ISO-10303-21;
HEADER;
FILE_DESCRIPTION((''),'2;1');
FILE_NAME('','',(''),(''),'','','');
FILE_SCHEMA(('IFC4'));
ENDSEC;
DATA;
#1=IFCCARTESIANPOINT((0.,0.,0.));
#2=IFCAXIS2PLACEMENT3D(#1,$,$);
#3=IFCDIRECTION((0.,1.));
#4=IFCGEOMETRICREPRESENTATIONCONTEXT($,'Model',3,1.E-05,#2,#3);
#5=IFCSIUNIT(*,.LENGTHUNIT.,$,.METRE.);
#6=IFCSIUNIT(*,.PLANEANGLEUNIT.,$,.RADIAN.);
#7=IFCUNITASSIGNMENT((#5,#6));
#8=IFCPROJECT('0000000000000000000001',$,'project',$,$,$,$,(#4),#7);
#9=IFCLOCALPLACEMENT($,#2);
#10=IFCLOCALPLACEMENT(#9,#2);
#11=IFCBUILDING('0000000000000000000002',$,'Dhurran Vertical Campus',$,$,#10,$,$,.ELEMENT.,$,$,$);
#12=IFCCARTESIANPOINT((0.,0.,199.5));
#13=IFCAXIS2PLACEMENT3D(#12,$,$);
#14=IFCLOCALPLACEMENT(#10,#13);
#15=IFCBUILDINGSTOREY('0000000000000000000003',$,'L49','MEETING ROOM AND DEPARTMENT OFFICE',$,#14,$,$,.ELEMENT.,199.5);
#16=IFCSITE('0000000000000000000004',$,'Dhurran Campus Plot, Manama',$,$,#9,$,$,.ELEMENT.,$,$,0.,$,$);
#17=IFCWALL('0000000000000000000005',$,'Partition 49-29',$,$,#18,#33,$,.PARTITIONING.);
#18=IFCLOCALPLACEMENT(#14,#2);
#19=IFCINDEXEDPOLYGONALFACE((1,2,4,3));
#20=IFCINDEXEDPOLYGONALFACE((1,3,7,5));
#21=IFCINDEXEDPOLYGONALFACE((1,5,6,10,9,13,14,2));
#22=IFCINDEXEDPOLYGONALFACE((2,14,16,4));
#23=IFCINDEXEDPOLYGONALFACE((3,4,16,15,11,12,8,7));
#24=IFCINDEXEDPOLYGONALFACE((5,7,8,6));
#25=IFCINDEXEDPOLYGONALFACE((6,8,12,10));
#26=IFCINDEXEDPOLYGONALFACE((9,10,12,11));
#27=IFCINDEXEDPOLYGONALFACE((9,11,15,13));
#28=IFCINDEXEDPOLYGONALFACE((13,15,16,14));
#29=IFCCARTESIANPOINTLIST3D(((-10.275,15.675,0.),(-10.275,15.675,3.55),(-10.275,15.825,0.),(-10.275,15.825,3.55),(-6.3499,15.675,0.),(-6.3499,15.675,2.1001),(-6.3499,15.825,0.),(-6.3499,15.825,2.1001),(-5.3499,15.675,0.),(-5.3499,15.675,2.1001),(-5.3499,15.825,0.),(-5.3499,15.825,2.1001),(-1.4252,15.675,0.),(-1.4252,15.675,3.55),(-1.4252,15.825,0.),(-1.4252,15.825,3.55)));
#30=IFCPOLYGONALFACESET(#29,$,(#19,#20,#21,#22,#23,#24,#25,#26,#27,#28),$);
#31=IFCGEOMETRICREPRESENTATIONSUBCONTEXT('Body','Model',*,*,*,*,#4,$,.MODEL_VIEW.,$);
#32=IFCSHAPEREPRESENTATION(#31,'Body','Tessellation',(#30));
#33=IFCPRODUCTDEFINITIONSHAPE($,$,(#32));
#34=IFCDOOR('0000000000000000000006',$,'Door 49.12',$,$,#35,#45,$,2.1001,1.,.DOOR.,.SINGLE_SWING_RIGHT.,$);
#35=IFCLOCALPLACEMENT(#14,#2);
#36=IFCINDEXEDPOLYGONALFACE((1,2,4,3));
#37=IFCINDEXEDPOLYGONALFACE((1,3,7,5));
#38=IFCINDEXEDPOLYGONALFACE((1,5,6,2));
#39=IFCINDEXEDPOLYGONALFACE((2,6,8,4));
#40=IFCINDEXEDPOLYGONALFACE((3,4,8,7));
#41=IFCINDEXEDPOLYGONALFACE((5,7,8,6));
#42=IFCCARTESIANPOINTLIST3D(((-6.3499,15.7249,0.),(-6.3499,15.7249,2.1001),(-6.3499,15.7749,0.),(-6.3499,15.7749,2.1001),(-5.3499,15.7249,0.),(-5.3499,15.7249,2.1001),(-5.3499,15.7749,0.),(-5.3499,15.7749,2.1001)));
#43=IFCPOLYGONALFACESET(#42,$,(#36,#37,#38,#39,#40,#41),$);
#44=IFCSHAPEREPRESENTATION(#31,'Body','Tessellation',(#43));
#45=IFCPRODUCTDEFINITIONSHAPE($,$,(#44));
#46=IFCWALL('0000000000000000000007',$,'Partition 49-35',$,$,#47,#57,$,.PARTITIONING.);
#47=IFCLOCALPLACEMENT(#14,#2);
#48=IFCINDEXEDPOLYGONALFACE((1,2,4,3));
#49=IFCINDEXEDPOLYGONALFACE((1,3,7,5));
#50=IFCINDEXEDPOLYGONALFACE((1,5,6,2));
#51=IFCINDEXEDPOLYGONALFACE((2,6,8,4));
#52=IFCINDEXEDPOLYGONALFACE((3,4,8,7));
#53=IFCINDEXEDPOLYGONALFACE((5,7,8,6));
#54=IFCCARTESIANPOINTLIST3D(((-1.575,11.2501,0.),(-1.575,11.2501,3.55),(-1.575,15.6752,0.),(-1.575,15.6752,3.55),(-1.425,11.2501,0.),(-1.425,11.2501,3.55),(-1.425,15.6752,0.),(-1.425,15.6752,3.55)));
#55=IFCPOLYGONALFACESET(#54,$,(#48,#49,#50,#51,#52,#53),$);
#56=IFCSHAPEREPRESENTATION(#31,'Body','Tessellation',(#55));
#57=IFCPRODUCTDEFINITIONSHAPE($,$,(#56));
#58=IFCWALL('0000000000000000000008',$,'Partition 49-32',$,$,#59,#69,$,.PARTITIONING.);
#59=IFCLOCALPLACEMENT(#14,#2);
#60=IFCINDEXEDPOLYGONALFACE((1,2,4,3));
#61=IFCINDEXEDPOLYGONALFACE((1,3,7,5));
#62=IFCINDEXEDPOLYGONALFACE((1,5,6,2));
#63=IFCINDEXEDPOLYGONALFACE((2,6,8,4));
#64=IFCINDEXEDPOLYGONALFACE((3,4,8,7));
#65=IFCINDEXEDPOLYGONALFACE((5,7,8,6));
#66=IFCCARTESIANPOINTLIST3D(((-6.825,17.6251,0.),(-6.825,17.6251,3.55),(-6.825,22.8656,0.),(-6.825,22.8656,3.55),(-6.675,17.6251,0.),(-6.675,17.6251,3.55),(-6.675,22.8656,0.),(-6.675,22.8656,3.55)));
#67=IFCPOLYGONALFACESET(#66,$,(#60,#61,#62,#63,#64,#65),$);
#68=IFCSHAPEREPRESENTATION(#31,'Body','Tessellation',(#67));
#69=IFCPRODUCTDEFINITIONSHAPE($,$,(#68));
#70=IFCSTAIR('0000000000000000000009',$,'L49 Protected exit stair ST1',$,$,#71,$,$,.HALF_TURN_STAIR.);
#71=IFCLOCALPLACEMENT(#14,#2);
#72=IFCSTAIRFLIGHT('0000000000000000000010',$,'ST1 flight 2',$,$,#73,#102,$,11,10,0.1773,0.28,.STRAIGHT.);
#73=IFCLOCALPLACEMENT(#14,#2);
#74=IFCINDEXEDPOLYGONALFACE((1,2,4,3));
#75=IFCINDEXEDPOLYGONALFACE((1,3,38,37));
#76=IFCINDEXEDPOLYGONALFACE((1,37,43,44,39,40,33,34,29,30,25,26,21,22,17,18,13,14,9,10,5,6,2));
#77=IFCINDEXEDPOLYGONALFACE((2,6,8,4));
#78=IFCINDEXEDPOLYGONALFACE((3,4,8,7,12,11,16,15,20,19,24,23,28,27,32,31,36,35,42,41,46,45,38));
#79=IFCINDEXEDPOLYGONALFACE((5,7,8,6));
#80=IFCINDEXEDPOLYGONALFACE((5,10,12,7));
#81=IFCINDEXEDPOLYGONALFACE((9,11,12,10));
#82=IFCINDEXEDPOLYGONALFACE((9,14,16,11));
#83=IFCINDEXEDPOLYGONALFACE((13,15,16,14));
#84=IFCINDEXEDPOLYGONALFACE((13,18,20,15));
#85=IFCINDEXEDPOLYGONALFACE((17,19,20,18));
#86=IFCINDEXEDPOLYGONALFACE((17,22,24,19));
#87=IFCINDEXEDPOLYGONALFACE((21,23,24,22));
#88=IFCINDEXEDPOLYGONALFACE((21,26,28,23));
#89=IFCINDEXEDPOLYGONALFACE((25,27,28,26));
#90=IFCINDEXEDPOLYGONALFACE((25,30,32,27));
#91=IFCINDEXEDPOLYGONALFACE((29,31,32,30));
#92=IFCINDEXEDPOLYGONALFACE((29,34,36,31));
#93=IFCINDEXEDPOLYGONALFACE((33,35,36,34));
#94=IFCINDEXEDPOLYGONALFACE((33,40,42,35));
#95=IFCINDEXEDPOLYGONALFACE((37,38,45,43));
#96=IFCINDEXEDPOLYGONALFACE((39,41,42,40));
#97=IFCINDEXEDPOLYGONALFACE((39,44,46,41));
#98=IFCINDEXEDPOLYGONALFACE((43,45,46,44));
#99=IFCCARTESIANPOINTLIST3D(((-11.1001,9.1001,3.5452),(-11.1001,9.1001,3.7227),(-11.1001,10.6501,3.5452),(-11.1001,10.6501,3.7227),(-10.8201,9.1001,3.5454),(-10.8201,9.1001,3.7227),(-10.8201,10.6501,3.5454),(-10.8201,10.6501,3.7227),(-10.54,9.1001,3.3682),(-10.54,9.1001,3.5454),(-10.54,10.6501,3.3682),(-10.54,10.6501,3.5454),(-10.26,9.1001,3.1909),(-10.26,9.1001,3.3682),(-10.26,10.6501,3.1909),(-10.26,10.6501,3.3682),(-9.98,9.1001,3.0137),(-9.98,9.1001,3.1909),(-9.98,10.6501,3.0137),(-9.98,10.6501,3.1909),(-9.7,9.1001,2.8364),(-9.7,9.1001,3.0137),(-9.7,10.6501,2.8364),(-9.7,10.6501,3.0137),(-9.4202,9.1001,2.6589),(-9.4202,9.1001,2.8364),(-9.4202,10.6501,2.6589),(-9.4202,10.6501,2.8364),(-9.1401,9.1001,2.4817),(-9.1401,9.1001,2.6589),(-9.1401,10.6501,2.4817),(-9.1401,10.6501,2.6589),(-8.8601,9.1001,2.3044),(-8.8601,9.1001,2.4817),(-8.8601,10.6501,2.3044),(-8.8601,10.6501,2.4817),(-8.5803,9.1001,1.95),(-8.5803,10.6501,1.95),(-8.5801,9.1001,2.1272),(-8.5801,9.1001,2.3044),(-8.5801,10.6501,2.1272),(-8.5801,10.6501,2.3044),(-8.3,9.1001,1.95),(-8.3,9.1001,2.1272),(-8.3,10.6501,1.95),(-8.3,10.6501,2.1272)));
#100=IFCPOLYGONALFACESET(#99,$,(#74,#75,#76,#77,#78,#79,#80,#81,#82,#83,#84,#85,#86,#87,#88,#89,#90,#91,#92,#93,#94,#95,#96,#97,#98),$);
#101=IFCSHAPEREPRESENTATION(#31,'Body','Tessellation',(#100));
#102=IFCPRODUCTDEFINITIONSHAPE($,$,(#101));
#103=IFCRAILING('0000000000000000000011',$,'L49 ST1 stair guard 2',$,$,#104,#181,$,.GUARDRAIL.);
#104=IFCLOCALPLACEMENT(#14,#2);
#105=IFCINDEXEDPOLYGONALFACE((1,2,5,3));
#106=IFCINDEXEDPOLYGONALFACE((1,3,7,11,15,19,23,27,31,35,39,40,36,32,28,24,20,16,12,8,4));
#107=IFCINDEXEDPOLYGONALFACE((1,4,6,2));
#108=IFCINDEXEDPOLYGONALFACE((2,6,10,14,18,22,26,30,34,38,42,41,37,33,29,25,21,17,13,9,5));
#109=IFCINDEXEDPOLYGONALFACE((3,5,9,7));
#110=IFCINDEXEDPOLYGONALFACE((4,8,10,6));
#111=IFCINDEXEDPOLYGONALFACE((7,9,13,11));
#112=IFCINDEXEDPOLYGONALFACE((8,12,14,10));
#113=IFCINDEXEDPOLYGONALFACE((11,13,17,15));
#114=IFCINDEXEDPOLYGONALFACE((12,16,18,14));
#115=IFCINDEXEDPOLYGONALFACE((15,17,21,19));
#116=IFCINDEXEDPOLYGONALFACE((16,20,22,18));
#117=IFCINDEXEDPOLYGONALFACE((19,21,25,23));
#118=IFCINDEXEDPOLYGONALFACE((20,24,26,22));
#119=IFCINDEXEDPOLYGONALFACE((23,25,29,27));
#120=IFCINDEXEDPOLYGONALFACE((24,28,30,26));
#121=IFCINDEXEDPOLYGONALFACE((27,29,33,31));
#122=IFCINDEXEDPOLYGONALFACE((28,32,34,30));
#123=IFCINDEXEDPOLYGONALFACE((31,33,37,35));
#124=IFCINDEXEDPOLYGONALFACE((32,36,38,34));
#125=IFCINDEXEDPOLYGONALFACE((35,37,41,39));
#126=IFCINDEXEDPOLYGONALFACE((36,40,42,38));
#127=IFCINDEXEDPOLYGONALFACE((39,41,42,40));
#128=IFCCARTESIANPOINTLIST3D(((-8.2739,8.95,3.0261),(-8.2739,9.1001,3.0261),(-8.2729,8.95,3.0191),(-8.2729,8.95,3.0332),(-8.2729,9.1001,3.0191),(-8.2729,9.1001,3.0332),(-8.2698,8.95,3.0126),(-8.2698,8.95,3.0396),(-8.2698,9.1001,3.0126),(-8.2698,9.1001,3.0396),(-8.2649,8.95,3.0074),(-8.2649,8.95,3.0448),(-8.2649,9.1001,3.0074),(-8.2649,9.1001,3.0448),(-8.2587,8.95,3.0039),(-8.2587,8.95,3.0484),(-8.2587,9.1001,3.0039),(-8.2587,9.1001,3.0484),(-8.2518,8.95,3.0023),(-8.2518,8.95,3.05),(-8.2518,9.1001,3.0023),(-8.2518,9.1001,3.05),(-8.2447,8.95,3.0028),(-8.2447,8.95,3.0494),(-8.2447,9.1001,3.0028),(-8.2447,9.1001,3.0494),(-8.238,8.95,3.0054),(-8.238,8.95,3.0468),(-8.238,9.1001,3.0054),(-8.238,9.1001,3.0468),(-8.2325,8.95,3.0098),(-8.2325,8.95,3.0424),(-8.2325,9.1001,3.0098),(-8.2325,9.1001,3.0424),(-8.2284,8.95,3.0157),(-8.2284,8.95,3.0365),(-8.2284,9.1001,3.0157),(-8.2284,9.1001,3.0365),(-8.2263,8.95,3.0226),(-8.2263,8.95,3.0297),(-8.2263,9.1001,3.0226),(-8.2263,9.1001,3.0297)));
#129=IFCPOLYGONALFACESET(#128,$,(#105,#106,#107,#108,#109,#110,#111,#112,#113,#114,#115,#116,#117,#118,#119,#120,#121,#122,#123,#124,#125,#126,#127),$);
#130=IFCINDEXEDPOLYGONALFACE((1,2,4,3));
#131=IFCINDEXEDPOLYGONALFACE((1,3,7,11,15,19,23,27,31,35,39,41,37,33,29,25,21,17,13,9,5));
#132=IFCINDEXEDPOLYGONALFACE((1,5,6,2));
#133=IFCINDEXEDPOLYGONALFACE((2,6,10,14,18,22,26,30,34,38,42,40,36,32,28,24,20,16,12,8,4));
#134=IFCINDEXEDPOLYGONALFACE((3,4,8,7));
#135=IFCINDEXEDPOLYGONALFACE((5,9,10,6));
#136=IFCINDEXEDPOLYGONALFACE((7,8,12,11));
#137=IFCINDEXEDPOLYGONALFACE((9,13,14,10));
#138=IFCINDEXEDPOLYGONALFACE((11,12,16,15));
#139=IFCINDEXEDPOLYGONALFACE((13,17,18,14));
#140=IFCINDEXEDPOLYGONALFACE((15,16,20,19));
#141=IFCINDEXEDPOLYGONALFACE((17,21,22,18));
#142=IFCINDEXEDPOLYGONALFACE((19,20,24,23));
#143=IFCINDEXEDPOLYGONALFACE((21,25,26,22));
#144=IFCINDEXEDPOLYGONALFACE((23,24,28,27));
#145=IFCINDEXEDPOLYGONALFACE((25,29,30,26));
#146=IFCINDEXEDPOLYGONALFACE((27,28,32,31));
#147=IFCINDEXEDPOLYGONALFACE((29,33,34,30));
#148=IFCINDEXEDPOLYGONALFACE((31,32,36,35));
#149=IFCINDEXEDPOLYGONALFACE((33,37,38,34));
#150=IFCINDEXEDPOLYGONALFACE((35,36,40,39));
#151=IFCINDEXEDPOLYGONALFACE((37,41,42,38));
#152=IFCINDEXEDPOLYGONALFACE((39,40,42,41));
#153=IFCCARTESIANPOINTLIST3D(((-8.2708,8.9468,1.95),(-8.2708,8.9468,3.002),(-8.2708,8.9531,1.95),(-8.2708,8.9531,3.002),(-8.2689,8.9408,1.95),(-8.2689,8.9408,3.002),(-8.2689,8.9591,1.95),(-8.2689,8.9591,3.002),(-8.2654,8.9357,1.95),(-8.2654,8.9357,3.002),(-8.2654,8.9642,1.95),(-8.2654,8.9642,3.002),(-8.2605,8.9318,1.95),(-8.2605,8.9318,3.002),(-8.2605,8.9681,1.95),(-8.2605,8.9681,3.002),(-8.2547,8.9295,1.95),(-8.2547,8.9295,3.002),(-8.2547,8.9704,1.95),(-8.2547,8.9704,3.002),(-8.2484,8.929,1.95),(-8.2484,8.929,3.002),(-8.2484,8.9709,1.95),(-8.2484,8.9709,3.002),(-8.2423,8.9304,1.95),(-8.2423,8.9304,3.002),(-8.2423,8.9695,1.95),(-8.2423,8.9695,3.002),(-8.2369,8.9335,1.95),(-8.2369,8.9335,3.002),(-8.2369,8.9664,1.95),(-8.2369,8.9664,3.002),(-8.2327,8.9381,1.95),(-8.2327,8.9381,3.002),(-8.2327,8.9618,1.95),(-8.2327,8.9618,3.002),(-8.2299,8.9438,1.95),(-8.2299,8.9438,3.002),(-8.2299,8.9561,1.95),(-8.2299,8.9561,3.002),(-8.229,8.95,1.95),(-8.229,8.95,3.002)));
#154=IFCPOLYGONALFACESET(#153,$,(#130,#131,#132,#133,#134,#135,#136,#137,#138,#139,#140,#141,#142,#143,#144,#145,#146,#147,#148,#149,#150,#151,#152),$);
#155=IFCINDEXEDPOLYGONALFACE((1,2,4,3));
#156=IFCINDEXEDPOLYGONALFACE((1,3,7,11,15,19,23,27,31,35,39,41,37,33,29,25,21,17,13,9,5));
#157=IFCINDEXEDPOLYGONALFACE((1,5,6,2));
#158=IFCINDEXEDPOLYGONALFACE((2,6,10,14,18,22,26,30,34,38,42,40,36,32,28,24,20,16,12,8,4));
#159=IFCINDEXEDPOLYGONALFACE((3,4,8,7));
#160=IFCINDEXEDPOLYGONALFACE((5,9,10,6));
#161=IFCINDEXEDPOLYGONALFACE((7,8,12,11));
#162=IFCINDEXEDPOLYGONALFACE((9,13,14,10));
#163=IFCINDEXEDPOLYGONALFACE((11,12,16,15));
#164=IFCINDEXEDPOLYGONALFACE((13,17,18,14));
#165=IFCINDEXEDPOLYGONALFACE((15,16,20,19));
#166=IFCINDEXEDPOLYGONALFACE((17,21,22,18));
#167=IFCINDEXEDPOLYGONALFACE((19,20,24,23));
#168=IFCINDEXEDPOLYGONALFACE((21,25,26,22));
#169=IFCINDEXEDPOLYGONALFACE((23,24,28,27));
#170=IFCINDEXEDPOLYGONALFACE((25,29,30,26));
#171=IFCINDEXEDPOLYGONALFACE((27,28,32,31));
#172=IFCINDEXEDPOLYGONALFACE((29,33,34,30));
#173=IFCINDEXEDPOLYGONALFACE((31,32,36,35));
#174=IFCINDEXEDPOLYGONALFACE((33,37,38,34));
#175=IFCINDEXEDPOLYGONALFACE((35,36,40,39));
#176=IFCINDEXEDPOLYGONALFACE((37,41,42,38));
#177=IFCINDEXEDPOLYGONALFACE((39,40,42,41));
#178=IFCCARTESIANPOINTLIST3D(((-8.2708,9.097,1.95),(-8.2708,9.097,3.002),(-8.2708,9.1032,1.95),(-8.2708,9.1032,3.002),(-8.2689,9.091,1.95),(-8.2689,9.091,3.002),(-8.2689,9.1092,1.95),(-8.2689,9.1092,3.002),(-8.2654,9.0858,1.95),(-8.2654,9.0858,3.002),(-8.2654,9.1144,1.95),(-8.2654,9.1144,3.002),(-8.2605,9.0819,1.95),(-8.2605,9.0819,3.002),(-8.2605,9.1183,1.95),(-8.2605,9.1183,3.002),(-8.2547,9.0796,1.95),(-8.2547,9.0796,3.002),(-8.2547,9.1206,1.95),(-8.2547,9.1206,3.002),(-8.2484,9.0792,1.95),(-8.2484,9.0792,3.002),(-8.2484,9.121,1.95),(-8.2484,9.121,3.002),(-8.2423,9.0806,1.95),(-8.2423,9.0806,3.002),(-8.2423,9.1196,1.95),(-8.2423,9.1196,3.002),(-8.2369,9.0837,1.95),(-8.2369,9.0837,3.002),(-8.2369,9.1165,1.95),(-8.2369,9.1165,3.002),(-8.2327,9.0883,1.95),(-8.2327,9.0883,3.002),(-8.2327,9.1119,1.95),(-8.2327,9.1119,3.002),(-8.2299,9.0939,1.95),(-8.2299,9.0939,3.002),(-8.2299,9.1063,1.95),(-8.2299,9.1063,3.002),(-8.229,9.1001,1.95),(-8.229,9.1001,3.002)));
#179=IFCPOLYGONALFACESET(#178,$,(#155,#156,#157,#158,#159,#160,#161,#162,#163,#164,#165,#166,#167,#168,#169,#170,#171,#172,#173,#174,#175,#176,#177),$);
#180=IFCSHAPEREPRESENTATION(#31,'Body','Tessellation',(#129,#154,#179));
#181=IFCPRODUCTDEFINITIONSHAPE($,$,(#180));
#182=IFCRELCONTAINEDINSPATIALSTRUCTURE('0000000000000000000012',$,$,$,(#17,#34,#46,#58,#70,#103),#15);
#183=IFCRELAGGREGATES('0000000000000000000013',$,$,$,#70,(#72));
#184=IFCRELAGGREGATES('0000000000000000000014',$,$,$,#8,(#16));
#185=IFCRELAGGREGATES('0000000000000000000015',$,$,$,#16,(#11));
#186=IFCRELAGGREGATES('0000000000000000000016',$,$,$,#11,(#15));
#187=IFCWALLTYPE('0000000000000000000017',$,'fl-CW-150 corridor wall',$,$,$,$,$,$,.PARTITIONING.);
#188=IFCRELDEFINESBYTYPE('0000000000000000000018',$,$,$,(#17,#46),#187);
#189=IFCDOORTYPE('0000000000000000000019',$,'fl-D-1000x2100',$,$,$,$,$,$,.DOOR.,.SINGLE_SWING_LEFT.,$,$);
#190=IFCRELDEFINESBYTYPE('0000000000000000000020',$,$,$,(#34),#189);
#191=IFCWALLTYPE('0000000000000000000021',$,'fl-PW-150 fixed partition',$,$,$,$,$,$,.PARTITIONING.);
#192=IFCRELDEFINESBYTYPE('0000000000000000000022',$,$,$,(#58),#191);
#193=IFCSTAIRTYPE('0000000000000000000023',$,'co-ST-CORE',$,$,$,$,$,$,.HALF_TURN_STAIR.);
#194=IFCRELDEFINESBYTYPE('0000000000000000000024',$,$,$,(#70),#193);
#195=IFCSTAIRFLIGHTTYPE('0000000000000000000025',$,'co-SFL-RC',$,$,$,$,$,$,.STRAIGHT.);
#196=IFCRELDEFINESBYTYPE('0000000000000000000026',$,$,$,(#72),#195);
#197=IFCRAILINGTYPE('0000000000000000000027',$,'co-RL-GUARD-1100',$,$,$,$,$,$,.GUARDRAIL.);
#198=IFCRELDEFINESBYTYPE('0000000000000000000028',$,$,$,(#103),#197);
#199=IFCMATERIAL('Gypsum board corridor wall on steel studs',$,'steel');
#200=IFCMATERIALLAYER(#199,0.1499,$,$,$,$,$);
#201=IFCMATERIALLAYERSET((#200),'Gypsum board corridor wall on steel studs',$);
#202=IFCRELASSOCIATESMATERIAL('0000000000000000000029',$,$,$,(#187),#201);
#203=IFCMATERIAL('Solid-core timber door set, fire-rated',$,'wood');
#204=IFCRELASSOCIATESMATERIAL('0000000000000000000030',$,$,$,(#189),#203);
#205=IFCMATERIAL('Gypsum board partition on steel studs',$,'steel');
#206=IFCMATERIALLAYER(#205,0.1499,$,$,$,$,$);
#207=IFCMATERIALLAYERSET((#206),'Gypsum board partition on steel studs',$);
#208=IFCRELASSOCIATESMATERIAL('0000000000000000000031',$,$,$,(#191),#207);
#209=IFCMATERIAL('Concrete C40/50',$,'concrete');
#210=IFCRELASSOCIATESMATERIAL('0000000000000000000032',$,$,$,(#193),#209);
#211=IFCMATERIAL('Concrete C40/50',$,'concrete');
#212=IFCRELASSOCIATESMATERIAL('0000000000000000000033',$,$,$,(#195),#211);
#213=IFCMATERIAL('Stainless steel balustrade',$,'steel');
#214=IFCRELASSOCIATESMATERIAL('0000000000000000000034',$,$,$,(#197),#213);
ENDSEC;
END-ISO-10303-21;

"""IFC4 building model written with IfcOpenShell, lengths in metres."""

from ifc_helpers import new_model, si_unit, direction, frame, frame_2d, origin, origin_2d, place, context, subcontext, project, spatial, polyline, rectangle, circle, outline, extrude, material, layer, layer_set, type_object, element, fill, aggregate, save


model = new_model("IFC4")

# Units and contexts
model_context = context("Model", 3, precision=1e-05, world=origin(), true_north=direction((0.0, 1.0)))
body_context = subcontext(model_context, "Body", "Model", "MODEL_VIEW")
ifc_project = project(units=[si_unit("LENGTHUNIT", "METRE"), si_unit("PLANEANGLEUNIT", "RADIAN")], contexts=[model_context])

# Site, building, storey
site_placement = place(None, origin())
site = spatial("IfcSite", under=ifc_project, at=site_placement, Name="Dhurran Campus Plot, Manama", CompositionType="ELEMENT", RefElevation=0.0)
building_placement = place(site_placement, origin())
building = spatial("IfcBuilding", under=site, at=building_placement, Name="Dhurran Vertical Campus", CompositionType="ELEMENT")
storey_placement = place(building_placement, frame((0.0, 0.0, 199.5)))
storey = spatial("IfcBuildingStorey", under=building, at=storey_placement, Name="L49", Description="MEETING ROOM AND DEPARTMENT OFFICE", CompositionType="ELEMENT", Elevation=199.5)

# Shared definitions
ifc_material_1 = material(Name="Gypsum board corridor wall on steel studs", Category="steel")
ifc_layer_1 = layer(ifc_material_1, 0.1499)
ifc_layer_set_1 = layer_set([ifc_layer_1], Name="Gypsum board corridor wall on steel studs")
wall_type_1 = type_object("IfcWallType", Name="fl-CW-150 corridor wall", PredefinedType="PARTITIONING", material=ifc_layer_set_1)
ifc_material_2 = material(Name="Solid-core timber door set, fire-rated", Category="wood")
door_type = type_object("IfcDoorType", Name="fl-D-1000x2100", OperationType="SINGLE_SWING_LEFT", PredefinedType="DOOR", material=ifc_material_2)

# Wall, opening, door
wall_1_placement = place(storey_placement, frame((-10.2749, 15.75, 0.0), z_axis=(0.0, 0.0, 1.0), x_axis=(1.0, 0.0, 0.0)))
wall_1 = element("IfcWall", 1, at=wall_1_placement, inside=storey, type_object=wall_type_1, Name="Partition 49-29", PredefinedType="PARTITIONING", context=body_context, shape_type="SweptSolid", body=[
    extrude(rectangle(XDim=8.8499, YDim=0.1499, at=frame_2d((4.4248, 0.0))), origin(), (0.0, 0.0, 1.0), 3.55),
])
opening_1_placement = place(wall_1_placement, frame((3.925, 0.0, 0.0)))
opening_1 = element("IfcOpeningElement", 2, at=opening_1_placement, cuts=wall_1, PredefinedType="OPENING", context=body_context, shape_type="SweptSolid", body=[
    extrude(rectangle(XDim=1.0, YDim=2.1001, at=frame_2d((0.5, 1.05))), frame((0.0, 0.085, 0.0), z_axis=(0.0, -1.0, 0.0), x_axis=(1.0, 0.0, 0.0)), (0.0, 0.0, 1.0), 0.1699),
])
door_1_placement = place(opening_1_placement, origin())
door_1 = element("IfcDoor", 3, at=door_1_placement, inside=storey, type_object=door_type, Name="Door 49.12", OperationType="SINGLE_SWING_RIGHT", OverallHeight=2.1001, OverallWidth=1.0, PredefinedType="DOOR", context=body_context, shape_type="SweptSolid", body=[
    extrude(rectangle(XDim=1.0, YDim=2.1001, at=frame_2d((0.5, 1.05))), frame((0.0, 0.0249, 0.0), z_axis=(0.0, -1.0, 0.0), x_axis=(1.0, 0.0, 0.0)), (0.0, 0.0, 1.0), 0.05),
])
fill(opening_1, door_1)

# Walls
wall_2_placement = place(storey_placement, frame((-1.5, 15.675, 0.0), z_axis=(0.0, 0.0, 1.0), x_axis=(0.0, -1.0, 0.0)))
element("IfcWall", 4, at=wall_2_placement, inside=storey, type_object=wall_type_1, Name="Partition 49-35", PredefinedType="PARTITIONING", context=body_context, shape_type="SweptSolid", body=[
    extrude(rectangle(XDim=4.425, YDim=0.1499, at=frame_2d((2.2124, 0.0))), origin(), (0.0, 0.0, 1.0), 3.55),
])
ifc_material_3 = material(Name="Gypsum board partition on steel studs", Category="steel")
ifc_layer_2 = layer(ifc_material_3, 0.1499)
ifc_layer_set_2 = layer_set([ifc_layer_2], Name="Gypsum board partition on steel studs")
wall_type_2 = type_object("IfcWallType", Name="fl-PW-150 fixed partition", PredefinedType="PARTITIONING", material=ifc_layer_set_2)
wall_3_placement = place(storey_placement, frame((-6.75, 22.8655, 0.0), z_axis=(0.0, 0.0, 1.0), x_axis=(0.0, -1.0, 0.0)))
element("IfcWall", 5, at=wall_3_placement, inside=storey, type_object=wall_type_2, Name="Partition 49-32", PredefinedType="PARTITIONING", context=body_context, shape_type="SweptSolid", body=[
    extrude(rectangle(XDim=5.2405, YDim=0.1499, at=frame_2d((2.6201, 0.0))), origin(), (0.0, 0.0, 1.0), 3.55),
])

# Stair, stair flight
ifc_material_4 = material(Name="Concrete C40/50", Category="concrete")
stair_type = type_object("IfcStairType", Name="co-ST-CORE", PredefinedType="HALF_TURN_STAIR", material=ifc_material_4)
stair_placement = place(storey_placement, origin())
stair = element("IfcStair", 6, at=stair_placement, inside=storey, type_object=stair_type, Name="L49 Protected exit stair ST1", PredefinedType="HALF_TURN_STAIR")
ifc_material_5 = material(Name="Concrete C40/50", Category="concrete")
stair_flight_type = type_object("IfcStairFlightType", Name="co-SFL-RC", PredefinedType="STRAIGHT", material=ifc_material_5)
stair_flight_placement = place(storey_placement, frame((-8.3, 9.875, 1.95), z_axis=(0.0, 0.0, 1.0), x_axis=(-1.0, 0.0, 0.0)))
stair_flight = element("IfcStairFlight", 7, at=stair_flight_placement, type_object=stair_flight_type, Name="ST1 flight 2", NumberOfRisers=11, NumberOfTreads=10, PredefinedType="STRAIGHT", RiserHeight=0.1773, TreadLength=0.28, context=body_context, shape_type="SweptSolid", body=[
    extrude(outline(polyline([(0.0, 0.0), (0.0, 0.1772), (0.28, 0.1772), (0.28, 0.3545), (0.5601, 0.3545), (0.5601, 0.5317), (0.8401, 0.5317), (0.8401, 0.709), (1.1201, 0.709), (1.1201, 0.8865), (1.3999, 0.8865), (1.3999, 1.0637), (1.6799, 1.0637), (1.6799, 1.241), (1.96, 1.241), (1.96, 1.4182), (2.24, 1.4182), (2.24, 1.5955), (2.52, 1.5955), (2.52, 1.7727), (2.8, 1.7727), (2.8, 1.95), (2.8, 1.5952), (0.2803, 0.0), (0.0, 0.0)])), frame((0.0, 0.7749, 0.0), z_axis=(0.0, -1.0, 0.0), x_axis=(1.0, 0.0, 0.0)), (0.0, 0.0, 1.0), 1.55),
])
aggregate(stair, [stair_flight])

# Railing
ifc_material_6 = material(Name="Stainless steel balustrade", Category="steel")
railing_type_1 = type_object("IfcRailingType", Name="co-RL-GUARD-1100", PredefinedType="GUARDRAIL", material=ifc_material_6)
railing_1_placement = place(storey_placement, frame((-8.25, 8.95, 1.95)))
element("IfcRailing", 8, at=railing_1_placement, inside=storey, type_object=railing_type_1, Name="L49 ST1 stair guard 2", PredefinedType="GUARDRAIL", context=body_context, shape_type="SweptSolid", body=[
    extrude(circle(Radius=0.0239, at=origin_2d()), frame((0.0, 0.0, 1.0762), z_axis=(0.0, 1.0, 0.0), x_axis=(-1.0, 0.0, 0.0)), (0.0, 0.0, 1.0), 0.1501),
    extrude(circle(Radius=0.021, at=origin_2d()), origin(), (0.0, 0.0, 1.0), 1.052),
    extrude(circle(Radius=0.021, at=origin_2d()), frame((0.0, 0.1501, 0.0)), (0.0, 0.0, 1.0), 1.052),
])

save(model, "model.ifc")
